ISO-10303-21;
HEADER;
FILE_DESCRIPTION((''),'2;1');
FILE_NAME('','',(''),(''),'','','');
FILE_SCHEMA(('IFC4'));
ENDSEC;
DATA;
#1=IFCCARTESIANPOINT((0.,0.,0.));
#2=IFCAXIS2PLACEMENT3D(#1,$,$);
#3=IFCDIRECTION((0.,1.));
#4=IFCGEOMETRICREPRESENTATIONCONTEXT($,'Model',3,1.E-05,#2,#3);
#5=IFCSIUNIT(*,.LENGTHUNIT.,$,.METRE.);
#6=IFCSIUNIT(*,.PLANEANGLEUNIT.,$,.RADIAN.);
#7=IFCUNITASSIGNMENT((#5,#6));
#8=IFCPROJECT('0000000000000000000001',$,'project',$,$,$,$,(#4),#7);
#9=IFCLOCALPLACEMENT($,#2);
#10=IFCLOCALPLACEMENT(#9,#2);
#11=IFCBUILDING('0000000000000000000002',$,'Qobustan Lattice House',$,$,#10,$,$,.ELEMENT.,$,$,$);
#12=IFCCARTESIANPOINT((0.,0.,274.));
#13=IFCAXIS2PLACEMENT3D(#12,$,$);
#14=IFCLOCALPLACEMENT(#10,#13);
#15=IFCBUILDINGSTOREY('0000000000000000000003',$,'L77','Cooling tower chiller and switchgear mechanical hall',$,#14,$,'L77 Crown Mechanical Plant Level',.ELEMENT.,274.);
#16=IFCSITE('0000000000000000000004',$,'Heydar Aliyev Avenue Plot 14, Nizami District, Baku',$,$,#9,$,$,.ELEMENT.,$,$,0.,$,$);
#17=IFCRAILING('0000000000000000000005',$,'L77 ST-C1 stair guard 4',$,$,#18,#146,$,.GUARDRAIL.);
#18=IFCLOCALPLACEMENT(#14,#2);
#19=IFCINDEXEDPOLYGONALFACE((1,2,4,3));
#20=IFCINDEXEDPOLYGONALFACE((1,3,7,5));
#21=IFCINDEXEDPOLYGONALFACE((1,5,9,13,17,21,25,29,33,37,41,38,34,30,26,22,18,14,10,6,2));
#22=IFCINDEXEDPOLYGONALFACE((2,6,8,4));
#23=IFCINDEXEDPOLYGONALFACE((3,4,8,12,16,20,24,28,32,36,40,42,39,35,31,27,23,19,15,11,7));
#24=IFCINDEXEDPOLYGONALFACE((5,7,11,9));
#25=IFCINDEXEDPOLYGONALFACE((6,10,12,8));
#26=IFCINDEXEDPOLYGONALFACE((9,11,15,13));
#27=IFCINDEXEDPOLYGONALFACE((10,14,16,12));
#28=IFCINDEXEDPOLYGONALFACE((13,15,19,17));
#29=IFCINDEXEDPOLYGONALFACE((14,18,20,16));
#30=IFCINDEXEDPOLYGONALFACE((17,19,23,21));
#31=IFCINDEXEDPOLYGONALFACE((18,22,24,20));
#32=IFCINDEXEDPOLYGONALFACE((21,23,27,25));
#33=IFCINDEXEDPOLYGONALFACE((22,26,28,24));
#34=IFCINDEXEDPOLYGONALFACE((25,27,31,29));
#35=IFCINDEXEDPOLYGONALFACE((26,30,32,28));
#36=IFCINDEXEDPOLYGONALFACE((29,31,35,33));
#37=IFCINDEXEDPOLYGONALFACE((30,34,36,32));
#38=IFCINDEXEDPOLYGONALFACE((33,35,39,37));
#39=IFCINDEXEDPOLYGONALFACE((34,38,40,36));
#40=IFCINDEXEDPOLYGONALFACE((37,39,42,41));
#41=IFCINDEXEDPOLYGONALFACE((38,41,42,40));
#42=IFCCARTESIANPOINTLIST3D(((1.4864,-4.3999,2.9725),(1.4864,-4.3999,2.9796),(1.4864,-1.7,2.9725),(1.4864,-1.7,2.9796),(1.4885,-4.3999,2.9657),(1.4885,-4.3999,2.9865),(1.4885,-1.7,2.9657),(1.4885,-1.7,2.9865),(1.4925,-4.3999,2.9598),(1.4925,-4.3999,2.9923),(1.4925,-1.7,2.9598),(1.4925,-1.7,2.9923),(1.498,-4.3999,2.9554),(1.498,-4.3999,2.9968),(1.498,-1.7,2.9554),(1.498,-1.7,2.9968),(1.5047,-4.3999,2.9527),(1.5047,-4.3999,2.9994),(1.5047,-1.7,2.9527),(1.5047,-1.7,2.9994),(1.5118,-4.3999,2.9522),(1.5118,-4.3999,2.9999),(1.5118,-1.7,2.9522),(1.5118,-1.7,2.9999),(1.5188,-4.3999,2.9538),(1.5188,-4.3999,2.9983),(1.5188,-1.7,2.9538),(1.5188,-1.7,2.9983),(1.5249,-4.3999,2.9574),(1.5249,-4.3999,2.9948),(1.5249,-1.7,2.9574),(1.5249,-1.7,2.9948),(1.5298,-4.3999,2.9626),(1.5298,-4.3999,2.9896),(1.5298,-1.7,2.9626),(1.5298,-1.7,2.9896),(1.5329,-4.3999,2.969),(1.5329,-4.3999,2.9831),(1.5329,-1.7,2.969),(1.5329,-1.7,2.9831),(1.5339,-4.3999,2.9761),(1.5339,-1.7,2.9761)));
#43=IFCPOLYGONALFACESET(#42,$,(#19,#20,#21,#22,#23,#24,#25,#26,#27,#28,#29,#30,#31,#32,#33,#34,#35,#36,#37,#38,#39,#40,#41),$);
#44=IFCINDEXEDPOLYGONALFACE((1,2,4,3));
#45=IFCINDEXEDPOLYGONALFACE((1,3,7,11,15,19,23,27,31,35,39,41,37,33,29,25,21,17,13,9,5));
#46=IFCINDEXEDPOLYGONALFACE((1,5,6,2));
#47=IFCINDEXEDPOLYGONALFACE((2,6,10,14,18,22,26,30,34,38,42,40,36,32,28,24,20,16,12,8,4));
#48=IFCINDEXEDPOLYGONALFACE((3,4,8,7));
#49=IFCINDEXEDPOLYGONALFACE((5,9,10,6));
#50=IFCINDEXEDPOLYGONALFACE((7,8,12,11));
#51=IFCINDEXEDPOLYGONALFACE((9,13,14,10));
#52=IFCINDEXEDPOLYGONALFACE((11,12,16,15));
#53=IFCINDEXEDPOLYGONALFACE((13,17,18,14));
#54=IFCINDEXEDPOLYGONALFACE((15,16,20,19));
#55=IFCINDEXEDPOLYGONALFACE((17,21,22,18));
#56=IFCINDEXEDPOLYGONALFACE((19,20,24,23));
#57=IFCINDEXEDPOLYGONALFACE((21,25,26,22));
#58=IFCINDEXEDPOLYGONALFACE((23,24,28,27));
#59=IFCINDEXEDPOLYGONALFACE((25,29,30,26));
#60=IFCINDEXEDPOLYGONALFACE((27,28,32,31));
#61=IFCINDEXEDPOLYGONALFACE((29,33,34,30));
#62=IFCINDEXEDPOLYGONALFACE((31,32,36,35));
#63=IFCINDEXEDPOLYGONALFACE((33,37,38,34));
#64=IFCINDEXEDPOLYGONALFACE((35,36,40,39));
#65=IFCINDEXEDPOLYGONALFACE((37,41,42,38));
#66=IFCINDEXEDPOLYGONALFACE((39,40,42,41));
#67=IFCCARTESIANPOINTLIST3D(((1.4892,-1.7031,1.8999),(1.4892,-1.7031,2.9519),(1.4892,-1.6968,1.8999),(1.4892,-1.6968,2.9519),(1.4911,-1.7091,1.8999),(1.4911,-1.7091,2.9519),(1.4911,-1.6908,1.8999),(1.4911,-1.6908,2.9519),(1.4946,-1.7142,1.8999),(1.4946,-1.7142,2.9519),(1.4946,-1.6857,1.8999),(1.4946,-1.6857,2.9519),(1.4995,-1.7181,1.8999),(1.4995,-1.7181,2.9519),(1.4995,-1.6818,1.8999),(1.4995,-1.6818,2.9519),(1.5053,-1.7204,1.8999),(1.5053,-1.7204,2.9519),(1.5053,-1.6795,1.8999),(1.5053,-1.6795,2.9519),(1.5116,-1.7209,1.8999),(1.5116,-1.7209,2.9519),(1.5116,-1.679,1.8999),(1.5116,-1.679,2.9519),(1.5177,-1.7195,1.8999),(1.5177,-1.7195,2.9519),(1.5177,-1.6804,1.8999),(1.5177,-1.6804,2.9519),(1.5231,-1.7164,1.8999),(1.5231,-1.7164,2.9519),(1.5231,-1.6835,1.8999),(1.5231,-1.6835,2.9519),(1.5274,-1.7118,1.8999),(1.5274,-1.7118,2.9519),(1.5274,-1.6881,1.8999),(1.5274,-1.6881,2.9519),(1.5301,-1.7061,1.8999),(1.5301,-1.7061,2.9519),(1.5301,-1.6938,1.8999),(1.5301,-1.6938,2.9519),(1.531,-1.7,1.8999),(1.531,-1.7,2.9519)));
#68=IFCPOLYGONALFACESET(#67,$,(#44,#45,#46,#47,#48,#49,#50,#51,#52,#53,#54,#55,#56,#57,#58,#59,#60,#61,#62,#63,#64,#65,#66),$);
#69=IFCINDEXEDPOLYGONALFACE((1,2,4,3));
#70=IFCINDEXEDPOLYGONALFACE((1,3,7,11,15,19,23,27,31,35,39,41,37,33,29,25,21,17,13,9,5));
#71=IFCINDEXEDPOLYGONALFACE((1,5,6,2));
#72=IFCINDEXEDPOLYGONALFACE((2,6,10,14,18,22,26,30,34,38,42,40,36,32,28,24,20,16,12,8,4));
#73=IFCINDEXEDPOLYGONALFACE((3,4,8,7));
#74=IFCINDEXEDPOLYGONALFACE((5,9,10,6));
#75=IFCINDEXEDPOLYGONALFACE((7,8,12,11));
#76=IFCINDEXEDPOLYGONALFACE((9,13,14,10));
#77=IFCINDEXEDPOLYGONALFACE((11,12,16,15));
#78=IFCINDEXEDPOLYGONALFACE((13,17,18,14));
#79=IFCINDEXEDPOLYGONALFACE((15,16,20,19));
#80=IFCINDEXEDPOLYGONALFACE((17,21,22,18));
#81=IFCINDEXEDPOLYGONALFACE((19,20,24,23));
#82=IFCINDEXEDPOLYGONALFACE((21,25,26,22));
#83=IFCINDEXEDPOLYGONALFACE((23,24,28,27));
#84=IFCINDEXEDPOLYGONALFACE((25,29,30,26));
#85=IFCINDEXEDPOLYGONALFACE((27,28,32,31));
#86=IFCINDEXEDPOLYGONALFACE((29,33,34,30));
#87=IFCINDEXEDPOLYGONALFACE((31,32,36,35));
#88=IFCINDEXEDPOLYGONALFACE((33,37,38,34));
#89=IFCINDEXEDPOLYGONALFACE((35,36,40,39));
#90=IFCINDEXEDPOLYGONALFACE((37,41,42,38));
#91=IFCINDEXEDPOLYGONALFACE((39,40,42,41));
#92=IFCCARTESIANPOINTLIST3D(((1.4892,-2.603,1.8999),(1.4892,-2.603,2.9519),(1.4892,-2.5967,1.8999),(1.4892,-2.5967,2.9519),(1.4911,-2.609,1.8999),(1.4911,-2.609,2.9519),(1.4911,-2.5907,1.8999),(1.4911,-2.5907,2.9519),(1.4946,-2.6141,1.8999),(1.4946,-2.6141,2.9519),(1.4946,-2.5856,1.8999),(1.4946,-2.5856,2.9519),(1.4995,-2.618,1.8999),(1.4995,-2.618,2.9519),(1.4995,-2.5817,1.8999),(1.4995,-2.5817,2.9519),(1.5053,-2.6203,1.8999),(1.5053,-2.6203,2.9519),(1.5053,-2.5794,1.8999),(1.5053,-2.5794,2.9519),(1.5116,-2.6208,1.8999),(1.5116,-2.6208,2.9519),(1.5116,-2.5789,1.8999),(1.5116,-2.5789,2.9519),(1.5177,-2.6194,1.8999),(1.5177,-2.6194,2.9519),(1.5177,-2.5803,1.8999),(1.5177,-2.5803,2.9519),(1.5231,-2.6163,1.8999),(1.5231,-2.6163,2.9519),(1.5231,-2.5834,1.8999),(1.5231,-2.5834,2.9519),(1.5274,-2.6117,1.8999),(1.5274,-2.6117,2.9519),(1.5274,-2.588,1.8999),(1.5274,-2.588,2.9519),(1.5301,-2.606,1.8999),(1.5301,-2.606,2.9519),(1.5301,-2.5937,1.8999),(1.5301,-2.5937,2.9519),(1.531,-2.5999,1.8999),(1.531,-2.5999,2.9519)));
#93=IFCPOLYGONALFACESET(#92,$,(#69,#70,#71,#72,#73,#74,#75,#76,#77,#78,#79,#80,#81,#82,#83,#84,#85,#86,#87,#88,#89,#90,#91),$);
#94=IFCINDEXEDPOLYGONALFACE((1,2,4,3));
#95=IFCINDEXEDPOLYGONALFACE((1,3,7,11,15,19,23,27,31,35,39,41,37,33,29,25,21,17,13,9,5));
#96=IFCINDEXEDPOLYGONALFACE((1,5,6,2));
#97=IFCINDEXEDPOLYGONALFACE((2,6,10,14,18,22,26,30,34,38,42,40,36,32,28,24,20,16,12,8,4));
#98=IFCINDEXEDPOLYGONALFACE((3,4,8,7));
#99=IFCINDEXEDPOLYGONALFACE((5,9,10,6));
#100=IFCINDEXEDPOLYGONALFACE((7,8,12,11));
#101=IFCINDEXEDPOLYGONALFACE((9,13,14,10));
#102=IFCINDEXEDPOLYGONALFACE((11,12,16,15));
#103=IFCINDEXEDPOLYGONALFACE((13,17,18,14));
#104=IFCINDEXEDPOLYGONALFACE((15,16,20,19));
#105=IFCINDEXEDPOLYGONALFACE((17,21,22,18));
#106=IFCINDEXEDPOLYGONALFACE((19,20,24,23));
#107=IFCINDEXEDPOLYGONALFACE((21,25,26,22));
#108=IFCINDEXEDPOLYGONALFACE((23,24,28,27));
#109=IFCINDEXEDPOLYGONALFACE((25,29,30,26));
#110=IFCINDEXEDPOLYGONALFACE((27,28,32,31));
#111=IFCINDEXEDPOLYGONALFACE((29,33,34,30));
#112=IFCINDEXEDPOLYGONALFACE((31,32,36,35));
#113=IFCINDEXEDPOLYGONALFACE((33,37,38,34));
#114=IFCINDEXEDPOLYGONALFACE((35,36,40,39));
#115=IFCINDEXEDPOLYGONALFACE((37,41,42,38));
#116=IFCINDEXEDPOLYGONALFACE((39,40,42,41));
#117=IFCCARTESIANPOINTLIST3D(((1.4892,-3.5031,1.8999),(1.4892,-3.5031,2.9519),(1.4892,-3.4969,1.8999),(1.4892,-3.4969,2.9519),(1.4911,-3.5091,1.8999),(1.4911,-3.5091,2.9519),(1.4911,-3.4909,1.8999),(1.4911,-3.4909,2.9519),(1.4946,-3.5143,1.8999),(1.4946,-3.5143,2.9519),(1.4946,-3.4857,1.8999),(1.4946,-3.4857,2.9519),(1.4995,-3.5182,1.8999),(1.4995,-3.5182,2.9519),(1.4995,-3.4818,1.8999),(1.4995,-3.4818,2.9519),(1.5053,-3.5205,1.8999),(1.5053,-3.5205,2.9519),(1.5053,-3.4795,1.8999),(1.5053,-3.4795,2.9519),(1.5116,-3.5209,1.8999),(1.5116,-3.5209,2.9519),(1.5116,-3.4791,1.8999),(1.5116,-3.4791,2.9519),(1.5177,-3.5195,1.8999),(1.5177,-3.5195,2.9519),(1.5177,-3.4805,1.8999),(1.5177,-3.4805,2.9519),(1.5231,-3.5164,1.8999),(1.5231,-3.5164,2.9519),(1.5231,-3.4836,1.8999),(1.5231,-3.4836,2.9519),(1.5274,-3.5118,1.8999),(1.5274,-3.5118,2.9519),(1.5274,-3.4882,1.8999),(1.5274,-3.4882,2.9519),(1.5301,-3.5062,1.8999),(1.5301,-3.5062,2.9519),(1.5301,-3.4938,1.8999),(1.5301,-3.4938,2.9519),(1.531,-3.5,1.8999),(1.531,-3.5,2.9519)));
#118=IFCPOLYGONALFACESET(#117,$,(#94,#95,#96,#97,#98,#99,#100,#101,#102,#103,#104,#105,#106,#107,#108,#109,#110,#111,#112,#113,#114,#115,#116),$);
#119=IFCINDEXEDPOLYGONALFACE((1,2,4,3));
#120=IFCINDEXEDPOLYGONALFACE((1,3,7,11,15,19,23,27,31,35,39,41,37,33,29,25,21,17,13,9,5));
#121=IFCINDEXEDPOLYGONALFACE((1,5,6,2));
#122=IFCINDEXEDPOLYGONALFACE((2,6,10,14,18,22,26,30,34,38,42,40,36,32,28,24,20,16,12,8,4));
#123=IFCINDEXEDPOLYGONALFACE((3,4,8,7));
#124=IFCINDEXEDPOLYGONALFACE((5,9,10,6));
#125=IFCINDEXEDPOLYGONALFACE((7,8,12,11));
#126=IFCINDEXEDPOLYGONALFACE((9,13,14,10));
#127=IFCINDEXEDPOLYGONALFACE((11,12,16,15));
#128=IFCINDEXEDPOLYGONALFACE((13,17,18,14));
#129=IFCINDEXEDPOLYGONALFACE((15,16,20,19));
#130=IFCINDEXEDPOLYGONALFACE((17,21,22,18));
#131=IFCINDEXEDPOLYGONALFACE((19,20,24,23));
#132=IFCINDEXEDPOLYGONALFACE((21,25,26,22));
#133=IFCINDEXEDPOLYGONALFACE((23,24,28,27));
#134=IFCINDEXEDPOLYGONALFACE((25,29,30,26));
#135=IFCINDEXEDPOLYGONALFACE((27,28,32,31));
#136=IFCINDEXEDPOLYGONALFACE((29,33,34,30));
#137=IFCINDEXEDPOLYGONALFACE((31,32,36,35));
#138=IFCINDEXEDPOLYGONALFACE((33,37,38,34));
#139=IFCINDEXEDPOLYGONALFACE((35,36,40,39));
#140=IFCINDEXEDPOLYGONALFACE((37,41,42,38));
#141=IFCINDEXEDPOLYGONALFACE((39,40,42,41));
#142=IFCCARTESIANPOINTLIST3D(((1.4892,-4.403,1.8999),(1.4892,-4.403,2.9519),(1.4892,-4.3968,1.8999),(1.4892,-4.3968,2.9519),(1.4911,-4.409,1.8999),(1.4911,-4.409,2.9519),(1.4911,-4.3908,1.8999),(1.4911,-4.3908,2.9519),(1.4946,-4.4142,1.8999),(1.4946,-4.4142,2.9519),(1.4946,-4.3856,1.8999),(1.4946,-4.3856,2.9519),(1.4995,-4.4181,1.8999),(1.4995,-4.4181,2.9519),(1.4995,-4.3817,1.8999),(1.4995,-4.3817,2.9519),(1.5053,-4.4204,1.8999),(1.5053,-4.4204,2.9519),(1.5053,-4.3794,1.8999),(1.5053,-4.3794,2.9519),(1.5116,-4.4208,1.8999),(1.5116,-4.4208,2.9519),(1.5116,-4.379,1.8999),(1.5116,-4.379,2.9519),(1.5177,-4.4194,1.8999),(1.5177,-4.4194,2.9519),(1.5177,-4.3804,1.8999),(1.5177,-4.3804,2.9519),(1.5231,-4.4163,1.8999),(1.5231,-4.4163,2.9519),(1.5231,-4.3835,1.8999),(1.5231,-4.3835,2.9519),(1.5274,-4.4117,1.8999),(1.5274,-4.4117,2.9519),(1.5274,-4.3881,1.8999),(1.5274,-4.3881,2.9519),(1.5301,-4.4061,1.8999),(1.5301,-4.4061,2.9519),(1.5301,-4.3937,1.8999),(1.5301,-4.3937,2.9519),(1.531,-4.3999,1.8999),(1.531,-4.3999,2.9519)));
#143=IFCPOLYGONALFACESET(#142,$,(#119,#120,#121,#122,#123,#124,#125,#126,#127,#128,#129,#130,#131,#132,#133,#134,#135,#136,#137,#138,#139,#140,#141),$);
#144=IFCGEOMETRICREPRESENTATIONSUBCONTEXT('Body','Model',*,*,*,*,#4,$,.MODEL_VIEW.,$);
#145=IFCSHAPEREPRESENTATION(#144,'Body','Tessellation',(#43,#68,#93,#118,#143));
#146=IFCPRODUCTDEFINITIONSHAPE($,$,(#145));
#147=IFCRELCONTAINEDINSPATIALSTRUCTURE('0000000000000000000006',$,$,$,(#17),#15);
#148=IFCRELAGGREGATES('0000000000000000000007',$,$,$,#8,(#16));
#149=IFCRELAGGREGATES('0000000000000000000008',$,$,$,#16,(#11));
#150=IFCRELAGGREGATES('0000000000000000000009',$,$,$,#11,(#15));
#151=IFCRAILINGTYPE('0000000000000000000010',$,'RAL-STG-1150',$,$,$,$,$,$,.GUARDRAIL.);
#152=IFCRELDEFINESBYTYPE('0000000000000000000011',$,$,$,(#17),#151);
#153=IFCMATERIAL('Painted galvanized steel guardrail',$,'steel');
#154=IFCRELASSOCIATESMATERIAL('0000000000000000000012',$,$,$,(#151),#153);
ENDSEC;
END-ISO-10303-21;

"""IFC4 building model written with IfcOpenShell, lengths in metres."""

from ifc_helpers import new_model, si_unit, direction, frame, origin, origin_2d, place, context, subcontext, project, spatial, circle, extrude, material, type_object, element, save


model = new_model("IFC4")

# Units and contexts
model_context = context("Model", 3, precision=1e-05, world=origin(), true_north=direction((0.0, 1.0)))
body_context = subcontext(model_context, "Body", "Model", "MODEL_VIEW")
ifc_project = project(units=[si_unit("LENGTHUNIT", "METRE"), si_unit("PLANEANGLEUNIT", "RADIAN")], contexts=[model_context])

# Site, building, storey
site_placement = place(None, origin())
site = spatial("IfcSite", under=ifc_project, at=site_placement, Name="Heydar Aliyev Avenue Plot 14, Nizami District, Baku", CompositionType="ELEMENT", RefElevation=0.0)
building_placement = place(site_placement, origin())
building = spatial("IfcBuilding", under=site, at=building_placement, Name="Qobustan Lattice House", CompositionType="ELEMENT")
storey_placement = place(building_placement, frame((0.0, 0.0, 274.0)))
storey = spatial("IfcBuildingStorey", under=building, at=storey_placement, Name="L77", Description="Cooling tower chiller and switchgear mechanical hall", LongName="L77 Crown Mechanical Plant Level", CompositionType="ELEMENT", Elevation=274.0)

# Railing
ifc_material_1 = material(Name="Painted galvanized steel guardrail", Category="steel")
railing_type_1 = type_object("IfcRailingType", Name="RAL-STG-1150", PredefinedType="GUARDRAIL", material=ifc_material_1)
railing_1_placement = place(storey_placement, frame((1.51, -1.7, 1.8999)))
element("IfcRailing", 1, at=railing_1_placement, inside=storey, type_object=railing_type_1, Name="L77 ST-C1 stair guard 4", PredefinedType="GUARDRAIL", context=body_context, shape_type="SweptSolid", body=[
    extrude(circle(Radius=0.0239, at=origin_2d()), frame((0.0, 0.0, 1.0762), z_axis=(0.0, -1.0, 0.0), x_axis=(1.0, 0.0, 0.0)), (0.0, 0.0, 1.0), 2.7),
    extrude(circle(Radius=0.021, at=origin_2d()), origin(), (0.0, 0.0, 1.0), 1.052),
    extrude(circle(Radius=0.021, at=origin_2d()), frame((0.0, -0.8999, 0.0)), (0.0, 0.0, 1.0), 1.052),
    extrude(circle(Radius=0.021, at=origin_2d()), frame((0.0, -1.8, 0.0)), (0.0, 0.0, 1.0), 1.052),
    extrude(circle(Radius=0.021, at=origin_2d()), frame((0.0, -2.7, 0.0)), (0.0, 0.0, 1.0), 1.052),
])

save(model, "model.ifc")
